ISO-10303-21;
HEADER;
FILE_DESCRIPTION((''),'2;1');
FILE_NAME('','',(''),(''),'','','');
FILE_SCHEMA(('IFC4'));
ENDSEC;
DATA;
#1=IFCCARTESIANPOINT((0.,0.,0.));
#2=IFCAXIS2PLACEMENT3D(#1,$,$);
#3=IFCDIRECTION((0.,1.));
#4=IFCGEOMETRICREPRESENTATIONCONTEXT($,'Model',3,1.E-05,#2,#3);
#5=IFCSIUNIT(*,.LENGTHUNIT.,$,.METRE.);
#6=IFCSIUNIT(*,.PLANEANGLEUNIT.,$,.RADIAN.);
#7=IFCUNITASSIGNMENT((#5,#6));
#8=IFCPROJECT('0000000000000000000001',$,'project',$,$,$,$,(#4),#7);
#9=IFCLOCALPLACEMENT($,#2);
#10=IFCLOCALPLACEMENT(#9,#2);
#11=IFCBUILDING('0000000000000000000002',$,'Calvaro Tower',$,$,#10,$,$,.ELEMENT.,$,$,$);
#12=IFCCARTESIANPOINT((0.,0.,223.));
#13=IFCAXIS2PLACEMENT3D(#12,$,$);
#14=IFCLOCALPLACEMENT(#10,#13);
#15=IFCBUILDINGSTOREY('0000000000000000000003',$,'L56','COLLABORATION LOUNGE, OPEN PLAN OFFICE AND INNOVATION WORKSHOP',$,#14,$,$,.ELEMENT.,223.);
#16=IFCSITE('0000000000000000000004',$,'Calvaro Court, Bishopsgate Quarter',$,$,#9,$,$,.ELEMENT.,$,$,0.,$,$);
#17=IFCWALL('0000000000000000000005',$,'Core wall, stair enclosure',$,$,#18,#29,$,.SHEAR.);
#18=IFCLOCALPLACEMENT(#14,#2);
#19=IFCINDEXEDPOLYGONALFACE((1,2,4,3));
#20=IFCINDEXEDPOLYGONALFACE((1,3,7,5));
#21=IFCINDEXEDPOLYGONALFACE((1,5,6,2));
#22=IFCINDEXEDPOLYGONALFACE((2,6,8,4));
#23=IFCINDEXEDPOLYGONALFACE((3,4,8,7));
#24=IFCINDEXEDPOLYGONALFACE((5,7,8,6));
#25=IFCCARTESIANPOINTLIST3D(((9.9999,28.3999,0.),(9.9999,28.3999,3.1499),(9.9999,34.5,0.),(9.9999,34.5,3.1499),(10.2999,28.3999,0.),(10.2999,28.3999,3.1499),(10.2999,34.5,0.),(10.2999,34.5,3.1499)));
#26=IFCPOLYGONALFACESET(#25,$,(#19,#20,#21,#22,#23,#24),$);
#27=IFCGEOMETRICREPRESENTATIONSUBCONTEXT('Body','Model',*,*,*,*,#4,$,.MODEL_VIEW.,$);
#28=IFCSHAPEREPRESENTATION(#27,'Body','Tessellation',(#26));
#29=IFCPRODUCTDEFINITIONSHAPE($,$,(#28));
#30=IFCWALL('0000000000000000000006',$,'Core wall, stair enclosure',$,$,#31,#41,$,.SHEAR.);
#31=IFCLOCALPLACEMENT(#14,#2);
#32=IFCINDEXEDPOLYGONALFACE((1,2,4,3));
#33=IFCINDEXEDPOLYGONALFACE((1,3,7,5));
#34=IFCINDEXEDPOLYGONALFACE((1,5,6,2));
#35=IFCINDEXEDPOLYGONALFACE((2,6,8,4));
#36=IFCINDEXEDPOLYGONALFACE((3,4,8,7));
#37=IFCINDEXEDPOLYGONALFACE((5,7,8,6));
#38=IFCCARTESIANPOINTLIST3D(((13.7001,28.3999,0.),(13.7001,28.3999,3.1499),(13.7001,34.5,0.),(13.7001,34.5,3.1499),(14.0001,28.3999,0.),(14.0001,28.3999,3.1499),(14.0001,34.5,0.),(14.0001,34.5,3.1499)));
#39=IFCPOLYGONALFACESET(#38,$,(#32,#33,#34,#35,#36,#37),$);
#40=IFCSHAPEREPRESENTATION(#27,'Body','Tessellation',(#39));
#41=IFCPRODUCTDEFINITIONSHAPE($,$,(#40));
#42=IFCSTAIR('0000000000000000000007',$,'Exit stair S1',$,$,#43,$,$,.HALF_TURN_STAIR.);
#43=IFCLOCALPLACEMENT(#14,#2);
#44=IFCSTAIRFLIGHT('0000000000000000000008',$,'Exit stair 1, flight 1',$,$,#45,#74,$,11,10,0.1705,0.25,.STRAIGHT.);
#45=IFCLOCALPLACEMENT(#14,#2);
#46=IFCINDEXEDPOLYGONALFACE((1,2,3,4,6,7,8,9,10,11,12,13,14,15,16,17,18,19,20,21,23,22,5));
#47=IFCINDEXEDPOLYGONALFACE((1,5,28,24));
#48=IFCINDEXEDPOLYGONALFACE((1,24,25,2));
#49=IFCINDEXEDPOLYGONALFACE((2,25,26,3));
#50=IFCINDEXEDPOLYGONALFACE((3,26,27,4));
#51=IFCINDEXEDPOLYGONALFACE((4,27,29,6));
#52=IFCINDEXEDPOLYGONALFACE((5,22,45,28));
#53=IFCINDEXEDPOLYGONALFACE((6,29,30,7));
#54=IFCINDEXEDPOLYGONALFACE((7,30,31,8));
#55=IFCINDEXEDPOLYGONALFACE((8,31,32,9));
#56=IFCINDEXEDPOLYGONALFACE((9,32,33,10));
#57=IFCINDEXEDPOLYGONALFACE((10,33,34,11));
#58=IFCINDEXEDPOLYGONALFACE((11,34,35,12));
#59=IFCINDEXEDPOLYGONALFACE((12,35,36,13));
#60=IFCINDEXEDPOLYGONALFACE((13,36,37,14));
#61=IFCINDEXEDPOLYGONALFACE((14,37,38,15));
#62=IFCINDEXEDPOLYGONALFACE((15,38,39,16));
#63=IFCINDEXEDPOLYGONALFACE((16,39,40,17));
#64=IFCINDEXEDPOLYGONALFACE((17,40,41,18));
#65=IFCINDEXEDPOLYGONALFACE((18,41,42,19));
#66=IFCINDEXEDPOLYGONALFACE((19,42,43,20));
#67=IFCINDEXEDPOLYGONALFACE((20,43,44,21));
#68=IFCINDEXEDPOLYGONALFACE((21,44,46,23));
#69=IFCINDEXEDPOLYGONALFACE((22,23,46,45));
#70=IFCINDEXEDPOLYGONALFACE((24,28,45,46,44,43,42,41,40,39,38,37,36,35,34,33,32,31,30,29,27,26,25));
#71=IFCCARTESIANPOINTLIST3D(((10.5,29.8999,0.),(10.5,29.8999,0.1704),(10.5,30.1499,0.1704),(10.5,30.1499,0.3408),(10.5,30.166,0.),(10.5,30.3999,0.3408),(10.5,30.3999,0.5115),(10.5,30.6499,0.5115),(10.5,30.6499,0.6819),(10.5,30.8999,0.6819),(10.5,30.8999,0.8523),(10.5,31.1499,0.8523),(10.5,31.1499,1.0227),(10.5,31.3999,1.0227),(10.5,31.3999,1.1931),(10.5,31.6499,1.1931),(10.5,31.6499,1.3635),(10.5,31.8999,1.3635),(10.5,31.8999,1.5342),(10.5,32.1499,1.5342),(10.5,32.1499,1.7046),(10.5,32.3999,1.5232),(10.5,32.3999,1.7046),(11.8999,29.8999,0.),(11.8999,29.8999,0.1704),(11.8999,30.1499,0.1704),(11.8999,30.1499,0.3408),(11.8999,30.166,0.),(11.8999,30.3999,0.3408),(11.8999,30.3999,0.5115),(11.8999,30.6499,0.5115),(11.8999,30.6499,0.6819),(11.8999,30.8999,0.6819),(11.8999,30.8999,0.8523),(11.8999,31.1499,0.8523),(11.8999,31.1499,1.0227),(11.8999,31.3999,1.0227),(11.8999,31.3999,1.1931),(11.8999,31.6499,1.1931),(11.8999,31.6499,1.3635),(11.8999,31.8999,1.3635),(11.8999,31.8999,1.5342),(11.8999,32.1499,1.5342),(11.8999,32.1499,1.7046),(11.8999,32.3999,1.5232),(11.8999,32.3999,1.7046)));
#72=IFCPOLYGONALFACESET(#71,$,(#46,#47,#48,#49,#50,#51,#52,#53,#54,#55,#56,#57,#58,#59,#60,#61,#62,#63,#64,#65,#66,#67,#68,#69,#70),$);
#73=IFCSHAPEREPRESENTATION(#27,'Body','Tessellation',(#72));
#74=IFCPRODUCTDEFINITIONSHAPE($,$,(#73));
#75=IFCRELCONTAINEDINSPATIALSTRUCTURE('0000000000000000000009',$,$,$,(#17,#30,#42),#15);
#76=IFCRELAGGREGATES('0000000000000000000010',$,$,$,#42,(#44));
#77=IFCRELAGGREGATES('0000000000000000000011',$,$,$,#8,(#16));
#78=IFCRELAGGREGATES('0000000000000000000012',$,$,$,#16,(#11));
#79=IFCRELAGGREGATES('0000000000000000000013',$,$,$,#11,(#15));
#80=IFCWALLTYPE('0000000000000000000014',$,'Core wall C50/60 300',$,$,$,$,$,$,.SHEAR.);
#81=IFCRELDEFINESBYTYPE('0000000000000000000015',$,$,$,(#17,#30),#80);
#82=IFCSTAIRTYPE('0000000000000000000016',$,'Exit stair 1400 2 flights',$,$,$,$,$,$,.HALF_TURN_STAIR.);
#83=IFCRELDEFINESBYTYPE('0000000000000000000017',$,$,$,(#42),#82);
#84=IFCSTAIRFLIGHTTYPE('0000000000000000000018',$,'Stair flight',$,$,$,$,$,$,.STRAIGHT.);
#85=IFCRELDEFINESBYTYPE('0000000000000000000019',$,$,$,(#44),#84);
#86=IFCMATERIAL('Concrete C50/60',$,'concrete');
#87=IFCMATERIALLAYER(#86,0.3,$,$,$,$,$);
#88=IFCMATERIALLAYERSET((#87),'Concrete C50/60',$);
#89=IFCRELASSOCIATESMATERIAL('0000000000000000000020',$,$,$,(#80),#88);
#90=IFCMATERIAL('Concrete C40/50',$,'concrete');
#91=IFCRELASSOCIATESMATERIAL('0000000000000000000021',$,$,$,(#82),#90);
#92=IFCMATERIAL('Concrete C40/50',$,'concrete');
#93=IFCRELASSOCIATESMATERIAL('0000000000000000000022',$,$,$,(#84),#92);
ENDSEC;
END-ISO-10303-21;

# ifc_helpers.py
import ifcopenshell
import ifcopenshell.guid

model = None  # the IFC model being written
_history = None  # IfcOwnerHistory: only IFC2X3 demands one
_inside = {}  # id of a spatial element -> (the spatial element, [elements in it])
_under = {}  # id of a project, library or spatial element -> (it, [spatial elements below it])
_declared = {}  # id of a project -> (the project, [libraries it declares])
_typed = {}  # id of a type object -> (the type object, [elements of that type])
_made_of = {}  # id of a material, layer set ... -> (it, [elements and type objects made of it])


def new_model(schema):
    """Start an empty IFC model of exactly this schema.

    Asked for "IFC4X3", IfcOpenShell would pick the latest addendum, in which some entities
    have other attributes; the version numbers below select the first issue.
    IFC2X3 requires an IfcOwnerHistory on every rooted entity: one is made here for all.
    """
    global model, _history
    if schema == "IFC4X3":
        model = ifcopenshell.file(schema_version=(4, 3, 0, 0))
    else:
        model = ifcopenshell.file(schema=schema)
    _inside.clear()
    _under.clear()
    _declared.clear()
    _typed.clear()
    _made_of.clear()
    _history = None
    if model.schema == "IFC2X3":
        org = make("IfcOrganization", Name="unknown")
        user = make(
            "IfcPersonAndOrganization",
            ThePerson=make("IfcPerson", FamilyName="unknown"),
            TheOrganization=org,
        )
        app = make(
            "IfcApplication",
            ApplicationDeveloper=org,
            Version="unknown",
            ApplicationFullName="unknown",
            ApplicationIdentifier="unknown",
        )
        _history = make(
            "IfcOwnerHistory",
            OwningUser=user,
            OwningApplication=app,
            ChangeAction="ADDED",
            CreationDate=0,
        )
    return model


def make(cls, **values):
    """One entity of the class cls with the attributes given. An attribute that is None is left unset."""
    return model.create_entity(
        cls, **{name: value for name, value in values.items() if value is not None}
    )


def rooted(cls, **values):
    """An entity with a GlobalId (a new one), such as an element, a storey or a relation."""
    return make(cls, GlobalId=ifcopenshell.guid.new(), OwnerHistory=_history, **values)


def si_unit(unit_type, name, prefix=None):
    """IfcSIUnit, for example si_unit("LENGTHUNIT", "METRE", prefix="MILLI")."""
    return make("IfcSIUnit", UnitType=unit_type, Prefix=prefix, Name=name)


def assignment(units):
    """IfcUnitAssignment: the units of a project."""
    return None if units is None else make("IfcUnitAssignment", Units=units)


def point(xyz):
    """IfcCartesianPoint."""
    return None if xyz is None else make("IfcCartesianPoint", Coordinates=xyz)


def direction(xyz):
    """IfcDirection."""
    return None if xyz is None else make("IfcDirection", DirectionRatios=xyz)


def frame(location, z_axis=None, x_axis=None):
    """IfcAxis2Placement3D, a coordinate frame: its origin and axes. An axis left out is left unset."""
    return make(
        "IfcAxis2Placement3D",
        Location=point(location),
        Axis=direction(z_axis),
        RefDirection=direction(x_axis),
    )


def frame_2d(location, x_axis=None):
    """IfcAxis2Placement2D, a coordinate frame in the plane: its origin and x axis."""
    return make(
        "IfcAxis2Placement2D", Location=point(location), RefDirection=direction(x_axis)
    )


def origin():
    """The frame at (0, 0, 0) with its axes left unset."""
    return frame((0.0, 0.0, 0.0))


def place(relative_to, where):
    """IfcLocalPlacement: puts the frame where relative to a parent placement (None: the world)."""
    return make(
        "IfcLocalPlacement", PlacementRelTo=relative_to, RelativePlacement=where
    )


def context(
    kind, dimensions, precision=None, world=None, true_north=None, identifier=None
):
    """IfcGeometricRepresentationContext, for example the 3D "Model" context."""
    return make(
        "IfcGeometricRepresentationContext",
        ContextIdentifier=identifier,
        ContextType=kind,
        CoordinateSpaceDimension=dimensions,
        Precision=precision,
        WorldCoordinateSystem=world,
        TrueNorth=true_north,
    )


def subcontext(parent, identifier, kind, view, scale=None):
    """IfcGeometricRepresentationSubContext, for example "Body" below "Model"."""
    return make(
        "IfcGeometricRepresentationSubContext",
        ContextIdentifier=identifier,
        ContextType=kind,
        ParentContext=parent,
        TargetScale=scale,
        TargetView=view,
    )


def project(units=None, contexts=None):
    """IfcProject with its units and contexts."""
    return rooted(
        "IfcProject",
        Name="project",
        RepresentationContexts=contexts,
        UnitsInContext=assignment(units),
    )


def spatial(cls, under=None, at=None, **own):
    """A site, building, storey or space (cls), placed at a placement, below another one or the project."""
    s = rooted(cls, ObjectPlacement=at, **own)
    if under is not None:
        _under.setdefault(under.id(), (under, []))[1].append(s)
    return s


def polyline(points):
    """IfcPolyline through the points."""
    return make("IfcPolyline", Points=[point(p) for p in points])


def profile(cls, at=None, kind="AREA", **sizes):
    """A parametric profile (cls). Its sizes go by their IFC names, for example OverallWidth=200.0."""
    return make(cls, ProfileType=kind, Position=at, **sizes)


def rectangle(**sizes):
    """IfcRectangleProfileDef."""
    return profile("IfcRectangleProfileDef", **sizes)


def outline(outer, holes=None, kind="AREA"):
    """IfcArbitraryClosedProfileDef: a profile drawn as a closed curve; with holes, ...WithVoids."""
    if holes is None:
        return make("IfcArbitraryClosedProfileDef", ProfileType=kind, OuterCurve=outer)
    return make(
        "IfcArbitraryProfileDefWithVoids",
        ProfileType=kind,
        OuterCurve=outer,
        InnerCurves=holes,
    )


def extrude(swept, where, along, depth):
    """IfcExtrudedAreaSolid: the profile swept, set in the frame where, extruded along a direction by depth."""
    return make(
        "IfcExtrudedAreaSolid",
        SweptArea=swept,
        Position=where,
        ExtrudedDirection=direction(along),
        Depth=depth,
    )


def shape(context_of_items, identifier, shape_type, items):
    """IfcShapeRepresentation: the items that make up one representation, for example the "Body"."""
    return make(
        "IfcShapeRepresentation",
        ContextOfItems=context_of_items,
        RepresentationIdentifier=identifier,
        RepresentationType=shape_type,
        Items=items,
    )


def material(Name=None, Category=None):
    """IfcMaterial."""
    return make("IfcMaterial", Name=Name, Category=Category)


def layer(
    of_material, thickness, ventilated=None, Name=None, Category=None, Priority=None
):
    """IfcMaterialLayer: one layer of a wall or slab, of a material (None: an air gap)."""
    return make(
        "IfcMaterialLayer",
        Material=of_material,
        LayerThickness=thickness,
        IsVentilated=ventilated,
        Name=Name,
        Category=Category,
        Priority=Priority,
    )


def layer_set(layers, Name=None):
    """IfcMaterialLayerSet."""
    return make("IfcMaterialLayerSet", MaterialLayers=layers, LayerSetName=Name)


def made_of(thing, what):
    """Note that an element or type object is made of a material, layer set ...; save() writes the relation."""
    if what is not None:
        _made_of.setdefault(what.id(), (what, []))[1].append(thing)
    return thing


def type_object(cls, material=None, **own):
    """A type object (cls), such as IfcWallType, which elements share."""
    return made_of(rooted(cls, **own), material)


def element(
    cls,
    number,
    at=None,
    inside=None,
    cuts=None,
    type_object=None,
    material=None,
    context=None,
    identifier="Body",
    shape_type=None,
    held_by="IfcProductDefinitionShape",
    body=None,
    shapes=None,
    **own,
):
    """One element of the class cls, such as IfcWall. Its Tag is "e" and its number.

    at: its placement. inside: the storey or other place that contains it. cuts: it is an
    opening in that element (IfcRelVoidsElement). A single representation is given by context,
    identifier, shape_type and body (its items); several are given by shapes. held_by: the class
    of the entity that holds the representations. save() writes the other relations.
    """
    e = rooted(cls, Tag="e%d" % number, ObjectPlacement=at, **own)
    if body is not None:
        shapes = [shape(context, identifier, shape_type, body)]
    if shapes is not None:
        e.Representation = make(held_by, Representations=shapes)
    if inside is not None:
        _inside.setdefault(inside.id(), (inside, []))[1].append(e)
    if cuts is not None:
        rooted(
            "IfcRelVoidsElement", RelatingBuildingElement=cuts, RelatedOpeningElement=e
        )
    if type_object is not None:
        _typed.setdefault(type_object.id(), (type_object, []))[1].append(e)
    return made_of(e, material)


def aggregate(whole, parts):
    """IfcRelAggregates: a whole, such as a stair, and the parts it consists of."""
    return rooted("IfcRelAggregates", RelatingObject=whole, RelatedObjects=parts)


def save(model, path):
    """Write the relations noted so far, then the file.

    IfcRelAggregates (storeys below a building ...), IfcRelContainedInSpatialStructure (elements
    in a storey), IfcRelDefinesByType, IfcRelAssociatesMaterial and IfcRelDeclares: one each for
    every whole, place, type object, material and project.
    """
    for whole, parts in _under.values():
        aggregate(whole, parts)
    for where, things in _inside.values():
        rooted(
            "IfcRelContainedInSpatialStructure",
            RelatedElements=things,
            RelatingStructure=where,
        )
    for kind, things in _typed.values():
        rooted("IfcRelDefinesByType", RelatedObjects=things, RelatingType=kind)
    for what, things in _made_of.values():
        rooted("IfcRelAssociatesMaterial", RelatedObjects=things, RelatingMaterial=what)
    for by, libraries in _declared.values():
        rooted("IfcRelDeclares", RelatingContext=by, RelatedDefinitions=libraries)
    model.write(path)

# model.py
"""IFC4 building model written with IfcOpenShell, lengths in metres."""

from ifc_helpers import new_model, si_unit, direction, frame, frame_2d, origin, place, context, subcontext, project, spatial, polyline, rectangle, outline, extrude, material, layer, layer_set, type_object, element, aggregate, save


model = new_model("IFC4")

# Units and contexts
model_context = context("Model", 3, precision=1e-05, world=origin(), true_north=direction((0.0, 1.0)))
body_context = subcontext(model_context, "Body", "Model", "MODEL_VIEW")
ifc_project = project(units=[si_unit("LENGTHUNIT", "METRE"), si_unit("PLANEANGLEUNIT", "RADIAN")], contexts=[model_context])

# Site, building, storey
site_placement = place(None, origin())
site = spatial("IfcSite", under=ifc_project, at=site_placement, Name="Calvaro Court, Bishopsgate Quarter", CompositionType="ELEMENT", RefElevation=0.0)
building_placement = place(site_placement, origin())
building = spatial("IfcBuilding", under=site, at=building_placement, Name="Calvaro Tower", CompositionType="ELEMENT")
storey_placement = place(building_placement, frame((0.0, 0.0, 223.0)))
storey = spatial("IfcBuildingStorey", under=building, at=storey_placement, Name="L56", Description="COLLABORATION LOUNGE, OPEN PLAN OFFICE AND INNOVATION WORKSHOP", CompositionType="ELEMENT", Elevation=223.0)

# Walls
ifc_material_1 = material(Name="Concrete C50/60", Category="concrete")
ifc_layer = layer(ifc_material_1, 0.3)
ifc_layer_set = layer_set([ifc_layer], Name="Concrete C50/60")
wall_type = type_object("IfcWallType", Name="Core wall C50/60 300", PredefinedType="SHEAR", material=ifc_layer_set)
for number, where, z_axis, x_axis, name in (
    (1, (10.1499, 28.3999, 0.0), (0.0, 0.0, 1.0), (0.0, 1.0, 0.0), "Core wall, stair enclosure"),
    (2, (13.8501, 28.3999, 0.0), (0.0, 0.0, 1.0), (0.0, 1.0, 0.0), "Core wall, stair enclosure"),
):
    element("IfcWall", number, at=place(storey_placement, frame(where, z_axis=z_axis, x_axis=x_axis)), inside=storey, type_object=wall_type, Name=name, PredefinedType="SHEAR", context=body_context, shape_type="SweptSolid", body=[
        extrude(rectangle(XDim=6.1001, YDim=0.3, at=frame_2d((3.05, 0.0))), origin(), (0.0, 0.0, 1.0), 3.1499),
    ])

# Stair, stair flight
ifc_material_2 = material(Name="Concrete C40/50", Category="concrete")
stair_type = type_object("IfcStairType", Name="Exit stair 1400 2 flights", PredefinedType="HALF_TURN_STAIR", material=ifc_material_2)
stair_placement = place(storey_placement, origin())
stair = element("IfcStair", 3, at=stair_placement, inside=storey, type_object=stair_type, Name="Exit stair S1", PredefinedType="HALF_TURN_STAIR")
ifc_material_3 = material(Name="Concrete C40/50", Category="concrete")
stair_flight_type = type_object("IfcStairFlightType", Name="Stair flight", PredefinedType="STRAIGHT", material=ifc_material_3)
stair_flight_placement = place(storey_placement, frame((11.2, 29.8999, 0.0), z_axis=(0.0, 0.0, 1.0), x_axis=(0.0, 1.0, 0.0)))
stair_flight = element("IfcStairFlight", 4, at=stair_flight_placement, type_object=stair_flight_type, Name="Exit stair 1, flight 1", NumberOfRisers=11, NumberOfTreads=10, PredefinedType="STRAIGHT", RiserHeight=0.1705, TreadLength=0.25, context=body_context, shape_type="SweptSolid", body=[
    extrude(outline(polyline([(0.0, 0.0), (0.0, 0.1704), (0.25, 0.1704), (0.25, 0.3408), (0.5, 0.3408), (0.5, 0.5115), (0.75, 0.5115), (0.75, 0.6819), (1.0, 0.6819), (1.0, 0.8523), (1.25, 0.8523), (1.25, 1.0227), (1.5, 1.0227), (1.5, 1.1931), (1.75, 1.1931), (1.75, 1.3635), (2.0, 1.3635), (2.0, 1.5342), (2.25, 1.5342), (2.25, 1.7046), (2.5, 1.7046), (2.5, 1.875), (2.5, 1.5232), (0.2661, 0.0), (0.0, 0.0)])), frame((0.0, 0.7, 0.0), z_axis=(0.0, -1.0, 0.0), x_axis=(1.0, 0.0, 0.0)), (0.0, 0.0, 1.0), 1.3999),
])
aggregate(stair, [stair_flight])

save(model, "model.ifc")
